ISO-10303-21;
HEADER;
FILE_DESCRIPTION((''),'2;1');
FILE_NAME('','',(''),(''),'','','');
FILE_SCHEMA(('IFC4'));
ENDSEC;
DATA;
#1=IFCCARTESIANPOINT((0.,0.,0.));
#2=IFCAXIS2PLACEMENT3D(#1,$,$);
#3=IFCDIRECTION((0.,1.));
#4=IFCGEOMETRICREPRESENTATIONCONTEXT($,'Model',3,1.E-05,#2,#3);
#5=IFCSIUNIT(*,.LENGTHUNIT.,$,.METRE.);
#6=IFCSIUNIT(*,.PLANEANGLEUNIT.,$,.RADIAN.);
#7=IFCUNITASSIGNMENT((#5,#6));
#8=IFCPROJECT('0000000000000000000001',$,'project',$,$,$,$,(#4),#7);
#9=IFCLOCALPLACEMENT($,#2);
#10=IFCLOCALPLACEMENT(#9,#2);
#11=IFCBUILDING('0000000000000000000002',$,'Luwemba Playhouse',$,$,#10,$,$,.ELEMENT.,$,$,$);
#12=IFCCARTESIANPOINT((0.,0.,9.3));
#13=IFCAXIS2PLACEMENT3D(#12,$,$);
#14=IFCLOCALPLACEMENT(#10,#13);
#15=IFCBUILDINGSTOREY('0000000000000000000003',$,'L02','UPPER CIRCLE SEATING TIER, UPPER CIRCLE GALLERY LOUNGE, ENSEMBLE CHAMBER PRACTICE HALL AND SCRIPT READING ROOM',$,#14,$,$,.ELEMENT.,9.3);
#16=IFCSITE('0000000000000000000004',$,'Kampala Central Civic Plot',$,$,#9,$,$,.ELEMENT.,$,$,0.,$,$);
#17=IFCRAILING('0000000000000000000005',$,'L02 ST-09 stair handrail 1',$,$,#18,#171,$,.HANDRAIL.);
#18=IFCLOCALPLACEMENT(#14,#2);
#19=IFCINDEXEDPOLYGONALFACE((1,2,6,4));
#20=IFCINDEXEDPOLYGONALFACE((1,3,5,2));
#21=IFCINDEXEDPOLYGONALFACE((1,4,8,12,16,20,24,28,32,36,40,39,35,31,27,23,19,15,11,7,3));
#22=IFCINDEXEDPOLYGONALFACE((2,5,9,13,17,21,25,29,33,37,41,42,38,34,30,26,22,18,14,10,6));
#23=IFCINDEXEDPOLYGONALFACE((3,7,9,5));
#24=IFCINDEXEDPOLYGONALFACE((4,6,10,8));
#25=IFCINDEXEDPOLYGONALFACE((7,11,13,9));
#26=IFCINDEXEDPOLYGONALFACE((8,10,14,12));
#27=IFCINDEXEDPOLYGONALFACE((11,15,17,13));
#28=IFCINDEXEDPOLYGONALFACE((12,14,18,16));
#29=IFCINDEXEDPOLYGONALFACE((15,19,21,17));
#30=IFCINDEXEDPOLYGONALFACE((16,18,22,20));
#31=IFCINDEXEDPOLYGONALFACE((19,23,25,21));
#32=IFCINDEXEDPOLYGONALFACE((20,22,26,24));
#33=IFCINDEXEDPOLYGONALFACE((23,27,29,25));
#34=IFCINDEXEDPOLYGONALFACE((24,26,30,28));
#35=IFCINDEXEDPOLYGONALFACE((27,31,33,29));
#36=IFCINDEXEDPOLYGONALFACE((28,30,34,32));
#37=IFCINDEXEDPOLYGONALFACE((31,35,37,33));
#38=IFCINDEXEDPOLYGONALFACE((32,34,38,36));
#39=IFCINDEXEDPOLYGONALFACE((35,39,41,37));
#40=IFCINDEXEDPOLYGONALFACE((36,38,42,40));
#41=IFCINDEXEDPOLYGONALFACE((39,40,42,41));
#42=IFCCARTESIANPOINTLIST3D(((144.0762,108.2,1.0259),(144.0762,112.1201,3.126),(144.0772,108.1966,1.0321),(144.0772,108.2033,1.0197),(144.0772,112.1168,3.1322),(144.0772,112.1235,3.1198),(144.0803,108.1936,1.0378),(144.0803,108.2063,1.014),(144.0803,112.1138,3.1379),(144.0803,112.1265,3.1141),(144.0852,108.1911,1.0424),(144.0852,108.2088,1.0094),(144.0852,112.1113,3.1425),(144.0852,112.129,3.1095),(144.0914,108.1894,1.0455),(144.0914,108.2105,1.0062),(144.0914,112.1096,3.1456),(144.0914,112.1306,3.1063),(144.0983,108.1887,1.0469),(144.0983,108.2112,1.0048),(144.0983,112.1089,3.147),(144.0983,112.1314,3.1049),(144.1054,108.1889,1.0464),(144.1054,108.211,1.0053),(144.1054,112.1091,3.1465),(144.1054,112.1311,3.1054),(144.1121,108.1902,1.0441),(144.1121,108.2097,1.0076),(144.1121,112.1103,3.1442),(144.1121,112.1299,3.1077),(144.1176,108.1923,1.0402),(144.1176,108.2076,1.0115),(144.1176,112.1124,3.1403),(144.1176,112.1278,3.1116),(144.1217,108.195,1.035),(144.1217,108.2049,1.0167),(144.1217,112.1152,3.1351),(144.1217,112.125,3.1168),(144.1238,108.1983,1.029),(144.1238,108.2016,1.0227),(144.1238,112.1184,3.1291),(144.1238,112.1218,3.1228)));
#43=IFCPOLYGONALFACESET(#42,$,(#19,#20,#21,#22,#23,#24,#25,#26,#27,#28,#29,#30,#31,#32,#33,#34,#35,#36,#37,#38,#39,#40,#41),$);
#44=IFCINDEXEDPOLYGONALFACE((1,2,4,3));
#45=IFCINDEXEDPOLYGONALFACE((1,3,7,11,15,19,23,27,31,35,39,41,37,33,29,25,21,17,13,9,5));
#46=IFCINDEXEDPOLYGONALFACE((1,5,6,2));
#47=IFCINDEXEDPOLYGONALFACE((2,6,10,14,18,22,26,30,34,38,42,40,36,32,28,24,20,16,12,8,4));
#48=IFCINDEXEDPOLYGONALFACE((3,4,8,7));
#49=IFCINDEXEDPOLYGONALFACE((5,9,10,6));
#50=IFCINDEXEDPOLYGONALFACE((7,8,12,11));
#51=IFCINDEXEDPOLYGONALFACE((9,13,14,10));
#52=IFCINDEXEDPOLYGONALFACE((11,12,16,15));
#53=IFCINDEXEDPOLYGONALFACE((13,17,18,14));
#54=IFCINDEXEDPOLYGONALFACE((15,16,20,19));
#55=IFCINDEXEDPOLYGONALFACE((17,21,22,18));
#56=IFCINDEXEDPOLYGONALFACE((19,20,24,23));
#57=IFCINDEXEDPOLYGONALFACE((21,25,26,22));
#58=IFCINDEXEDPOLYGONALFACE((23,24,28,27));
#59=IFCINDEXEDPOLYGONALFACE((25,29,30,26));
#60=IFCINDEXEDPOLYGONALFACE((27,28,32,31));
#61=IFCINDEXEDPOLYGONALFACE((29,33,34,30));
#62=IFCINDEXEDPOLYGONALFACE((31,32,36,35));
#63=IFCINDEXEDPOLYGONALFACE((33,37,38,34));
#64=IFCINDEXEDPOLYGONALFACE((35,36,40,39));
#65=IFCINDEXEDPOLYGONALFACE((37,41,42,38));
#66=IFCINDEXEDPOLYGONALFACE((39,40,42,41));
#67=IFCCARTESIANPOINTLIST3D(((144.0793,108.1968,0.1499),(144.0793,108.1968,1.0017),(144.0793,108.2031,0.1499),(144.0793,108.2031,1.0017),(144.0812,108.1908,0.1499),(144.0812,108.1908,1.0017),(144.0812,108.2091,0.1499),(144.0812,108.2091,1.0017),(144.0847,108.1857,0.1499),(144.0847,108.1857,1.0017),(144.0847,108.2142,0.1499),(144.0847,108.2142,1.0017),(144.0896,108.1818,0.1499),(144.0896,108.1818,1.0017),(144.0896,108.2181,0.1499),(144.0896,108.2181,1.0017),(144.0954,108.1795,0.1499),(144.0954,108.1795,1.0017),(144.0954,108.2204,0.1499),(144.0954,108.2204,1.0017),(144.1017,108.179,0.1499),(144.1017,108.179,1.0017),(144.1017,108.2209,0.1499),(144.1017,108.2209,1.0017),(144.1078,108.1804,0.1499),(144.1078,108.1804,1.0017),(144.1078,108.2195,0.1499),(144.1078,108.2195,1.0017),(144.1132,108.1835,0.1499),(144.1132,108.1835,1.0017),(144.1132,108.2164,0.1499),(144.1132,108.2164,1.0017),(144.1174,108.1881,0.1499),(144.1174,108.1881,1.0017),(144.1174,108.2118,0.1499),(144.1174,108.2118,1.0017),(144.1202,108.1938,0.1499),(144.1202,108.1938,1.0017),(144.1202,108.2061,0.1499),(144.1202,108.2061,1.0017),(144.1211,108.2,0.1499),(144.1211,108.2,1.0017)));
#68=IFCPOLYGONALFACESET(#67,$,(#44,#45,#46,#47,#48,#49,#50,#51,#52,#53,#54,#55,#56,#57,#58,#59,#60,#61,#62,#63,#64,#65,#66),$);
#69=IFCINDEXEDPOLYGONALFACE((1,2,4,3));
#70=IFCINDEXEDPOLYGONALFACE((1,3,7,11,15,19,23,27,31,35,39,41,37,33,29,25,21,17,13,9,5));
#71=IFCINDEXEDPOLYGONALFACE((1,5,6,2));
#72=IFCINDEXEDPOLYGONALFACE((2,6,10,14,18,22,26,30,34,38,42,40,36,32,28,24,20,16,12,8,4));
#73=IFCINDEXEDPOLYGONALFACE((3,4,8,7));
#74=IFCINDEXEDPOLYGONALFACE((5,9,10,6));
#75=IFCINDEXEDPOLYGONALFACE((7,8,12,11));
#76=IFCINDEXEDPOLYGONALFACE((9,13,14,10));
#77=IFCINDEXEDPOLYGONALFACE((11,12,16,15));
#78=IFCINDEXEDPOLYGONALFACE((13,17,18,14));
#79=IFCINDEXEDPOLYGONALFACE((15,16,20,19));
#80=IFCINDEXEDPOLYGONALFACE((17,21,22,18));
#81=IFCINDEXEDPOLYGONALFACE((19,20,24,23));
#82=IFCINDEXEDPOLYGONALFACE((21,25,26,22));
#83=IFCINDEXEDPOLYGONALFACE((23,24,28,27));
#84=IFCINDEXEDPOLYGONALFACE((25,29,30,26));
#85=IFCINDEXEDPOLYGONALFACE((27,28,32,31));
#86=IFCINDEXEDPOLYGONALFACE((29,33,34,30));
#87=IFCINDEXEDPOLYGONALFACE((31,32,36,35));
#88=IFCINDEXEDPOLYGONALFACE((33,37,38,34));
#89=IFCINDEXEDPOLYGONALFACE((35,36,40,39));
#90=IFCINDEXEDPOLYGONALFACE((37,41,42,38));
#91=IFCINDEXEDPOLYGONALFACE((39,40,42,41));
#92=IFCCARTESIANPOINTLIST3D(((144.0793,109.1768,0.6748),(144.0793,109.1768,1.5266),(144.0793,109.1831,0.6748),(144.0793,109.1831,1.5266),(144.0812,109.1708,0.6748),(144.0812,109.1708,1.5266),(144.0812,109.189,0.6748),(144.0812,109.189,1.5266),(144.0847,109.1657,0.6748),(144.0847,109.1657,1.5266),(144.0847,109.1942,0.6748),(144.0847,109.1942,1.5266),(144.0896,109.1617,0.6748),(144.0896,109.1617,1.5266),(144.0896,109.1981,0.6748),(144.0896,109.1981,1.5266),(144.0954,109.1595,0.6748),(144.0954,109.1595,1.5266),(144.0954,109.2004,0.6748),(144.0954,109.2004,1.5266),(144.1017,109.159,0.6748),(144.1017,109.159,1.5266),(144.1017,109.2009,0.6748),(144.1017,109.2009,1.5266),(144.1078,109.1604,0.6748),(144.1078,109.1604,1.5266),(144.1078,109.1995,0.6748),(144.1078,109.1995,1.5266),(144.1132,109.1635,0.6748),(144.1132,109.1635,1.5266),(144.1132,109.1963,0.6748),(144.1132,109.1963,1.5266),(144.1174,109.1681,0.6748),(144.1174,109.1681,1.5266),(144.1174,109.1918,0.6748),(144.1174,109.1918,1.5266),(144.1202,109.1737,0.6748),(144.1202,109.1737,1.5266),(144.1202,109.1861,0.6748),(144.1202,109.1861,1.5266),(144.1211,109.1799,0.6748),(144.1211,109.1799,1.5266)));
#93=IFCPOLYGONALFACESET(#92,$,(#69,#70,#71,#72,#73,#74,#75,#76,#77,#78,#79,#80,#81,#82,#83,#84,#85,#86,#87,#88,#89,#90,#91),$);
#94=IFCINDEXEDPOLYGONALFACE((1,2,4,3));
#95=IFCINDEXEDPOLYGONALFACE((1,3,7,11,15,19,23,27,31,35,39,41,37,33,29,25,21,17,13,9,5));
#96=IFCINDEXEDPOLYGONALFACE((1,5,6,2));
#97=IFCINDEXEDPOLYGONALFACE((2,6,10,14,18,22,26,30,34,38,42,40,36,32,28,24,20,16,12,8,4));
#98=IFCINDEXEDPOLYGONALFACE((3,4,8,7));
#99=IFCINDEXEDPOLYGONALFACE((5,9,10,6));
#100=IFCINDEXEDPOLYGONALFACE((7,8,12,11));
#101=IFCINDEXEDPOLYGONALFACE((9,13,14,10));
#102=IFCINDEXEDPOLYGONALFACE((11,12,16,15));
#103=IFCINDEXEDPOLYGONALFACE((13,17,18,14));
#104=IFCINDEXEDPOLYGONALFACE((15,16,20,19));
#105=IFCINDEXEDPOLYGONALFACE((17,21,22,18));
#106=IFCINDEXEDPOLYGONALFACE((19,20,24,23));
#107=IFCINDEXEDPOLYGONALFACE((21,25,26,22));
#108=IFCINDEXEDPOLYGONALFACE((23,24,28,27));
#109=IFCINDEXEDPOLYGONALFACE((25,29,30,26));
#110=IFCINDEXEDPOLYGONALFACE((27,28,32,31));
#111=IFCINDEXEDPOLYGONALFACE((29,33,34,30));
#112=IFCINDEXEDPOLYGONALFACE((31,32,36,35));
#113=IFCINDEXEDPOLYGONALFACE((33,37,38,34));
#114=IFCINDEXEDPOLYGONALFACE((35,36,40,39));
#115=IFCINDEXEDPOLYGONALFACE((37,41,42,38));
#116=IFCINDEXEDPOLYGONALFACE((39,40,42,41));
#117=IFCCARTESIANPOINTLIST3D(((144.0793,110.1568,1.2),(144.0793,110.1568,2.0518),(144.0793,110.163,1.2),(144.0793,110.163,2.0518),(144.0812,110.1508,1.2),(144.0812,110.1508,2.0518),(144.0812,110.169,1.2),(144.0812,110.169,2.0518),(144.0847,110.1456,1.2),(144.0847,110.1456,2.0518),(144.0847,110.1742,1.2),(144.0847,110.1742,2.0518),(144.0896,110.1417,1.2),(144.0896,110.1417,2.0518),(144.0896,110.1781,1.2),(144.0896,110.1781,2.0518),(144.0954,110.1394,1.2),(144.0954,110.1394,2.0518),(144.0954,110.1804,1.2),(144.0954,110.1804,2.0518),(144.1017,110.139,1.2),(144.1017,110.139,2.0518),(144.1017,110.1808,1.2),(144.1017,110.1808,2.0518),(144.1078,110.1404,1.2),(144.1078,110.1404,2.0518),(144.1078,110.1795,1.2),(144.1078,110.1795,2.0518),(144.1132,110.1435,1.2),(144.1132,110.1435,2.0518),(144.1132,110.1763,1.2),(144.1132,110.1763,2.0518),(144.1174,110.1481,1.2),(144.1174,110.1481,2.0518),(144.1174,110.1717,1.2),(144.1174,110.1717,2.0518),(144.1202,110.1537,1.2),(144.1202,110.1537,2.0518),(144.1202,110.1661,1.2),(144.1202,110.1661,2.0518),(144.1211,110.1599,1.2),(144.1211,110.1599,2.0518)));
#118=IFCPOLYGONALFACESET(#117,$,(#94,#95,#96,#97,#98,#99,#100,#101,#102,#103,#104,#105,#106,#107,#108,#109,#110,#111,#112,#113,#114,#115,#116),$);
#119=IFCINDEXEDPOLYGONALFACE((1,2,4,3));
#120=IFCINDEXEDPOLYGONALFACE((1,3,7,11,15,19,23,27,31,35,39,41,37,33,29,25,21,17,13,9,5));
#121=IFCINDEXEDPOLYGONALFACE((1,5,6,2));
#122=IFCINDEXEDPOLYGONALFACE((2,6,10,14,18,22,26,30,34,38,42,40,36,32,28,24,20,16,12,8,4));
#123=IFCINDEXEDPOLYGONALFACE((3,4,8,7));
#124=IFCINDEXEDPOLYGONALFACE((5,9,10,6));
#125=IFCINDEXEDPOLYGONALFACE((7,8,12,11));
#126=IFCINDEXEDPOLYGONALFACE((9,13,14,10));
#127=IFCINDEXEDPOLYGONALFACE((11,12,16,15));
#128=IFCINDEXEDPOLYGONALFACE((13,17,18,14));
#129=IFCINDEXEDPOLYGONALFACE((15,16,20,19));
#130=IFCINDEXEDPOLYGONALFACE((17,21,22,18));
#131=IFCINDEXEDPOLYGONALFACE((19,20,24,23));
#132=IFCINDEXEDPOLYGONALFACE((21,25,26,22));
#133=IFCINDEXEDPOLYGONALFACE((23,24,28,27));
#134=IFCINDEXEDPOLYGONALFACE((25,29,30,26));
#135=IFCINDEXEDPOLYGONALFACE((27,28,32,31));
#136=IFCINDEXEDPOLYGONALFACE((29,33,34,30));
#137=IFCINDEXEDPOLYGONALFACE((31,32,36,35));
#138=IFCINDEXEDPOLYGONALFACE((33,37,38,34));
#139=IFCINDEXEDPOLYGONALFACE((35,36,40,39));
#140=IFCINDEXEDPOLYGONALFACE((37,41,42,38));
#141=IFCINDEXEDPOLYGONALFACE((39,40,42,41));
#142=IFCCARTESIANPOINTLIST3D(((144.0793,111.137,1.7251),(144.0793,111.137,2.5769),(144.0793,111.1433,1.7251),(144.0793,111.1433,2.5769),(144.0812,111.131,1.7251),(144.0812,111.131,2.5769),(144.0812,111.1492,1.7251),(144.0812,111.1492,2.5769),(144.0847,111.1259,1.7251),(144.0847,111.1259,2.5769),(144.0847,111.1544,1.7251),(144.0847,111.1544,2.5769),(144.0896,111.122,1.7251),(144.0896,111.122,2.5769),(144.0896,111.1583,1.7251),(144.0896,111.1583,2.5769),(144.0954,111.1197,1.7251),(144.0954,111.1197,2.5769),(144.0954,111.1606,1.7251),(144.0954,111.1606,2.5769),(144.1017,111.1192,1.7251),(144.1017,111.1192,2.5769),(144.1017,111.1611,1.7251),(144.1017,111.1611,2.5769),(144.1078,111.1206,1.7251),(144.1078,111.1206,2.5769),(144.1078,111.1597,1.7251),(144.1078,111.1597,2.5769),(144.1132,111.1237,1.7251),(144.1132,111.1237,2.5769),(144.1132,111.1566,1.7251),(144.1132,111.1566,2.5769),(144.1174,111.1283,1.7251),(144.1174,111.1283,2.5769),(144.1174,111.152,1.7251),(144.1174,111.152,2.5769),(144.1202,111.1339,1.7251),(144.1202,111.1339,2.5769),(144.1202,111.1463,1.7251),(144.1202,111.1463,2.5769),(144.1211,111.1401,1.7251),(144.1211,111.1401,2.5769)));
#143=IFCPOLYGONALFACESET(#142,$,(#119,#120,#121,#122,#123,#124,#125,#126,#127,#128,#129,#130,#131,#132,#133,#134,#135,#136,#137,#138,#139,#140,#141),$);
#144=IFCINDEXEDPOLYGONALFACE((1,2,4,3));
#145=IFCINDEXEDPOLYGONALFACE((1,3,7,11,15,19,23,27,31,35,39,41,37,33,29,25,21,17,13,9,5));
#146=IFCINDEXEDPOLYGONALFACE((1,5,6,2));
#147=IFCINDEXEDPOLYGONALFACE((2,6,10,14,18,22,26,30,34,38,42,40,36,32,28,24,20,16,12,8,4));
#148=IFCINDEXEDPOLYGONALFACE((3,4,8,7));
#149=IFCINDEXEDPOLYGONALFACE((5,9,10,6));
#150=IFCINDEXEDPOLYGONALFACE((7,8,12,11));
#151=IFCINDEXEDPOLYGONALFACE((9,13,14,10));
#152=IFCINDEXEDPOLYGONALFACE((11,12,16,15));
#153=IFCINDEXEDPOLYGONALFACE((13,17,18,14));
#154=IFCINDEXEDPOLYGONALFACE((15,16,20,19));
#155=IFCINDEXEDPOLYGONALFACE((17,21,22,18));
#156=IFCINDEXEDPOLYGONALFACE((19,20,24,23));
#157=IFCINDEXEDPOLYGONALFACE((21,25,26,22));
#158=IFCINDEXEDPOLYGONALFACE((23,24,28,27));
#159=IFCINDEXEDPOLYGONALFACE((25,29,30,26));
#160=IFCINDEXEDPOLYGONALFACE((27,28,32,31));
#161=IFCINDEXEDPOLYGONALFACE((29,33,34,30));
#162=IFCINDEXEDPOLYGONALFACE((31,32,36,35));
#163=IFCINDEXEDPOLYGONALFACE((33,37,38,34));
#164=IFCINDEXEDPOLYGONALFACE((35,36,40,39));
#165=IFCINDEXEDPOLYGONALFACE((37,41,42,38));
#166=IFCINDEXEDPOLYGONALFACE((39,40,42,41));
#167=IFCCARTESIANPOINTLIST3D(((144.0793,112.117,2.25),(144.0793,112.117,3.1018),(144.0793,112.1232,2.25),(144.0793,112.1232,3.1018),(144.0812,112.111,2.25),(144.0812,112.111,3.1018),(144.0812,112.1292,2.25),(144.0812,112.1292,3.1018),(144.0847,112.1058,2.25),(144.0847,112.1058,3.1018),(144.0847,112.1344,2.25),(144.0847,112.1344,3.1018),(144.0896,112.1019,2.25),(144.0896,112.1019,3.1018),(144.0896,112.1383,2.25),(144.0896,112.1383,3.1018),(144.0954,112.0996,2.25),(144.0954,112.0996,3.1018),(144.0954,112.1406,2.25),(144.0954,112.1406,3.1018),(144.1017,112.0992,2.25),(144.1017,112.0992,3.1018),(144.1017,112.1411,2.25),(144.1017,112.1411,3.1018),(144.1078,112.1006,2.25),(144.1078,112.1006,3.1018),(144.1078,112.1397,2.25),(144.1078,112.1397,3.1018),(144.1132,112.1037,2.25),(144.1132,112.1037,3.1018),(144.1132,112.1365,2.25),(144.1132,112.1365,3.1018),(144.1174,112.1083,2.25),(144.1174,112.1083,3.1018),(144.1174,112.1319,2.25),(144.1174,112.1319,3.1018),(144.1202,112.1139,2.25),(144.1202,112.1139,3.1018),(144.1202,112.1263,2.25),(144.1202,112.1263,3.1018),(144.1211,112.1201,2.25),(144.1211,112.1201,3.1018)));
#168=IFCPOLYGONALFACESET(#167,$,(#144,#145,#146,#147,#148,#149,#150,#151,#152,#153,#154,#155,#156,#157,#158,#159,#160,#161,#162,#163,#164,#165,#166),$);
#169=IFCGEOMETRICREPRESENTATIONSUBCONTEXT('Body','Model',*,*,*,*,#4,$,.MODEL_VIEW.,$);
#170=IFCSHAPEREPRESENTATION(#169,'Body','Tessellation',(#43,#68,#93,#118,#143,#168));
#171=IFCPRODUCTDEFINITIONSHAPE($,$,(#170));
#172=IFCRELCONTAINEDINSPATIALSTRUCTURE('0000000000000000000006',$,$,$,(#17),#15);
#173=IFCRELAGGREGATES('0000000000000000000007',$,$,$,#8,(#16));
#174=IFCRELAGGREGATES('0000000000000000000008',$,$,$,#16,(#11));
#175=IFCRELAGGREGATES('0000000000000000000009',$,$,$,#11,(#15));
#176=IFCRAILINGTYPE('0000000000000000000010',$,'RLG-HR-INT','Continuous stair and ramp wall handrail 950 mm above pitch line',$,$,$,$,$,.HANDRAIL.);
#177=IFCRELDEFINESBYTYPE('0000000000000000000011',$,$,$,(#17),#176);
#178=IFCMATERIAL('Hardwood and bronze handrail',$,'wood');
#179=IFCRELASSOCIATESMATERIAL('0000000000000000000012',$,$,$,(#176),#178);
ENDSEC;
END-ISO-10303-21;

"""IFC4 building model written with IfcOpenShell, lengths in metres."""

from ifc_helpers import new_model, si_unit, direction, frame, origin, origin_2d, place, context, subcontext, project, spatial, circle, extrude, material, type_object, element, save


model = new_model("IFC4")

# Units and contexts
model_context = context("Model", 3, precision=1e-05, world=origin(), true_north=direction((0.0, 1.0)))
body_context = subcontext(model_context, "Body", "Model", "MODEL_VIEW")
ifc_project = project(units=[si_unit("LENGTHUNIT", "METRE"), si_unit("PLANEANGLEUNIT", "RADIAN")], contexts=[model_context])

# Site, building, storey
site_placement = place(None, origin())
site = spatial("IfcSite", under=ifc_project, at=site_placement, Name="Kampala Central Civic Plot", CompositionType="ELEMENT", RefElevation=0.0)
building_placement = place(site_placement, origin())
building = spatial("IfcBuilding", under=site, at=building_placement, Name="Luwemba Playhouse", CompositionType="ELEMENT")
storey_placement = place(building_placement, frame((0.0, 0.0, 9.3)))
storey = spatial("IfcBuildingStorey", under=building, at=storey_placement, Name="L02", Description="UPPER CIRCLE SEATING TIER, UPPER CIRCLE GALLERY LOUNGE, ENSEMBLE CHAMBER PRACTICE HALL AND SCRIPT READING ROOM", CompositionType="ELEMENT", Elevation=9.3)

# Railing
ifc_material_1 = material(Name="Hardwood and bronze handrail", Category="wood")
railing_type_1 = type_object("IfcRailingType", Name="RLG-HR-INT", Description="Continuous stair and ramp wall handrail 950 mm above pitch line", PredefinedType="HANDRAIL", material=ifc_material_1)
railing_1_placement = place(storey_placement, frame((144.1001, 108.2, 0.1499)))
element("IfcRailing", 1, at=railing_1_placement, inside=storey, type_object=railing_type_1, Name="L02 ST-09 stair handrail 1", PredefinedType="HANDRAIL", context=body_context, shape_type="SweptSolid", body=[
    extrude(circle(Radius=0.0239, at=origin_2d()), frame((0.0, 0.0, 0.876), z_axis=(0.0, 0.881479, 0.472223), x_axis=(-1.0, 0.0, 0.0)), (0.0, 0.0, 1.0), 4.4473),
    extrude(circle(Radius=0.021, at=origin_2d()), origin(), (0.0, 0.0, 1.0), 0.8518),
    extrude(circle(Radius=0.021, at=origin_2d()), frame((0.0, 0.98, 0.5249)), (0.0, 0.0, 1.0), 0.8518),
    extrude(circle(Radius=0.021, at=origin_2d()), frame((0.0, 1.96, 1.05)), (0.0, 0.0, 1.0), 0.8518),
    extrude(circle(Radius=0.021, at=origin_2d()), frame((0.0, 2.9402, 1.5752)), (0.0, 0.0, 1.0), 0.8518),
    extrude(circle(Radius=0.021, at=origin_2d()), frame((0.0, 3.9202, 2.1001)), (0.0, 0.0, 1.0), 0.8518),
])

save(model, "model.ifc")
